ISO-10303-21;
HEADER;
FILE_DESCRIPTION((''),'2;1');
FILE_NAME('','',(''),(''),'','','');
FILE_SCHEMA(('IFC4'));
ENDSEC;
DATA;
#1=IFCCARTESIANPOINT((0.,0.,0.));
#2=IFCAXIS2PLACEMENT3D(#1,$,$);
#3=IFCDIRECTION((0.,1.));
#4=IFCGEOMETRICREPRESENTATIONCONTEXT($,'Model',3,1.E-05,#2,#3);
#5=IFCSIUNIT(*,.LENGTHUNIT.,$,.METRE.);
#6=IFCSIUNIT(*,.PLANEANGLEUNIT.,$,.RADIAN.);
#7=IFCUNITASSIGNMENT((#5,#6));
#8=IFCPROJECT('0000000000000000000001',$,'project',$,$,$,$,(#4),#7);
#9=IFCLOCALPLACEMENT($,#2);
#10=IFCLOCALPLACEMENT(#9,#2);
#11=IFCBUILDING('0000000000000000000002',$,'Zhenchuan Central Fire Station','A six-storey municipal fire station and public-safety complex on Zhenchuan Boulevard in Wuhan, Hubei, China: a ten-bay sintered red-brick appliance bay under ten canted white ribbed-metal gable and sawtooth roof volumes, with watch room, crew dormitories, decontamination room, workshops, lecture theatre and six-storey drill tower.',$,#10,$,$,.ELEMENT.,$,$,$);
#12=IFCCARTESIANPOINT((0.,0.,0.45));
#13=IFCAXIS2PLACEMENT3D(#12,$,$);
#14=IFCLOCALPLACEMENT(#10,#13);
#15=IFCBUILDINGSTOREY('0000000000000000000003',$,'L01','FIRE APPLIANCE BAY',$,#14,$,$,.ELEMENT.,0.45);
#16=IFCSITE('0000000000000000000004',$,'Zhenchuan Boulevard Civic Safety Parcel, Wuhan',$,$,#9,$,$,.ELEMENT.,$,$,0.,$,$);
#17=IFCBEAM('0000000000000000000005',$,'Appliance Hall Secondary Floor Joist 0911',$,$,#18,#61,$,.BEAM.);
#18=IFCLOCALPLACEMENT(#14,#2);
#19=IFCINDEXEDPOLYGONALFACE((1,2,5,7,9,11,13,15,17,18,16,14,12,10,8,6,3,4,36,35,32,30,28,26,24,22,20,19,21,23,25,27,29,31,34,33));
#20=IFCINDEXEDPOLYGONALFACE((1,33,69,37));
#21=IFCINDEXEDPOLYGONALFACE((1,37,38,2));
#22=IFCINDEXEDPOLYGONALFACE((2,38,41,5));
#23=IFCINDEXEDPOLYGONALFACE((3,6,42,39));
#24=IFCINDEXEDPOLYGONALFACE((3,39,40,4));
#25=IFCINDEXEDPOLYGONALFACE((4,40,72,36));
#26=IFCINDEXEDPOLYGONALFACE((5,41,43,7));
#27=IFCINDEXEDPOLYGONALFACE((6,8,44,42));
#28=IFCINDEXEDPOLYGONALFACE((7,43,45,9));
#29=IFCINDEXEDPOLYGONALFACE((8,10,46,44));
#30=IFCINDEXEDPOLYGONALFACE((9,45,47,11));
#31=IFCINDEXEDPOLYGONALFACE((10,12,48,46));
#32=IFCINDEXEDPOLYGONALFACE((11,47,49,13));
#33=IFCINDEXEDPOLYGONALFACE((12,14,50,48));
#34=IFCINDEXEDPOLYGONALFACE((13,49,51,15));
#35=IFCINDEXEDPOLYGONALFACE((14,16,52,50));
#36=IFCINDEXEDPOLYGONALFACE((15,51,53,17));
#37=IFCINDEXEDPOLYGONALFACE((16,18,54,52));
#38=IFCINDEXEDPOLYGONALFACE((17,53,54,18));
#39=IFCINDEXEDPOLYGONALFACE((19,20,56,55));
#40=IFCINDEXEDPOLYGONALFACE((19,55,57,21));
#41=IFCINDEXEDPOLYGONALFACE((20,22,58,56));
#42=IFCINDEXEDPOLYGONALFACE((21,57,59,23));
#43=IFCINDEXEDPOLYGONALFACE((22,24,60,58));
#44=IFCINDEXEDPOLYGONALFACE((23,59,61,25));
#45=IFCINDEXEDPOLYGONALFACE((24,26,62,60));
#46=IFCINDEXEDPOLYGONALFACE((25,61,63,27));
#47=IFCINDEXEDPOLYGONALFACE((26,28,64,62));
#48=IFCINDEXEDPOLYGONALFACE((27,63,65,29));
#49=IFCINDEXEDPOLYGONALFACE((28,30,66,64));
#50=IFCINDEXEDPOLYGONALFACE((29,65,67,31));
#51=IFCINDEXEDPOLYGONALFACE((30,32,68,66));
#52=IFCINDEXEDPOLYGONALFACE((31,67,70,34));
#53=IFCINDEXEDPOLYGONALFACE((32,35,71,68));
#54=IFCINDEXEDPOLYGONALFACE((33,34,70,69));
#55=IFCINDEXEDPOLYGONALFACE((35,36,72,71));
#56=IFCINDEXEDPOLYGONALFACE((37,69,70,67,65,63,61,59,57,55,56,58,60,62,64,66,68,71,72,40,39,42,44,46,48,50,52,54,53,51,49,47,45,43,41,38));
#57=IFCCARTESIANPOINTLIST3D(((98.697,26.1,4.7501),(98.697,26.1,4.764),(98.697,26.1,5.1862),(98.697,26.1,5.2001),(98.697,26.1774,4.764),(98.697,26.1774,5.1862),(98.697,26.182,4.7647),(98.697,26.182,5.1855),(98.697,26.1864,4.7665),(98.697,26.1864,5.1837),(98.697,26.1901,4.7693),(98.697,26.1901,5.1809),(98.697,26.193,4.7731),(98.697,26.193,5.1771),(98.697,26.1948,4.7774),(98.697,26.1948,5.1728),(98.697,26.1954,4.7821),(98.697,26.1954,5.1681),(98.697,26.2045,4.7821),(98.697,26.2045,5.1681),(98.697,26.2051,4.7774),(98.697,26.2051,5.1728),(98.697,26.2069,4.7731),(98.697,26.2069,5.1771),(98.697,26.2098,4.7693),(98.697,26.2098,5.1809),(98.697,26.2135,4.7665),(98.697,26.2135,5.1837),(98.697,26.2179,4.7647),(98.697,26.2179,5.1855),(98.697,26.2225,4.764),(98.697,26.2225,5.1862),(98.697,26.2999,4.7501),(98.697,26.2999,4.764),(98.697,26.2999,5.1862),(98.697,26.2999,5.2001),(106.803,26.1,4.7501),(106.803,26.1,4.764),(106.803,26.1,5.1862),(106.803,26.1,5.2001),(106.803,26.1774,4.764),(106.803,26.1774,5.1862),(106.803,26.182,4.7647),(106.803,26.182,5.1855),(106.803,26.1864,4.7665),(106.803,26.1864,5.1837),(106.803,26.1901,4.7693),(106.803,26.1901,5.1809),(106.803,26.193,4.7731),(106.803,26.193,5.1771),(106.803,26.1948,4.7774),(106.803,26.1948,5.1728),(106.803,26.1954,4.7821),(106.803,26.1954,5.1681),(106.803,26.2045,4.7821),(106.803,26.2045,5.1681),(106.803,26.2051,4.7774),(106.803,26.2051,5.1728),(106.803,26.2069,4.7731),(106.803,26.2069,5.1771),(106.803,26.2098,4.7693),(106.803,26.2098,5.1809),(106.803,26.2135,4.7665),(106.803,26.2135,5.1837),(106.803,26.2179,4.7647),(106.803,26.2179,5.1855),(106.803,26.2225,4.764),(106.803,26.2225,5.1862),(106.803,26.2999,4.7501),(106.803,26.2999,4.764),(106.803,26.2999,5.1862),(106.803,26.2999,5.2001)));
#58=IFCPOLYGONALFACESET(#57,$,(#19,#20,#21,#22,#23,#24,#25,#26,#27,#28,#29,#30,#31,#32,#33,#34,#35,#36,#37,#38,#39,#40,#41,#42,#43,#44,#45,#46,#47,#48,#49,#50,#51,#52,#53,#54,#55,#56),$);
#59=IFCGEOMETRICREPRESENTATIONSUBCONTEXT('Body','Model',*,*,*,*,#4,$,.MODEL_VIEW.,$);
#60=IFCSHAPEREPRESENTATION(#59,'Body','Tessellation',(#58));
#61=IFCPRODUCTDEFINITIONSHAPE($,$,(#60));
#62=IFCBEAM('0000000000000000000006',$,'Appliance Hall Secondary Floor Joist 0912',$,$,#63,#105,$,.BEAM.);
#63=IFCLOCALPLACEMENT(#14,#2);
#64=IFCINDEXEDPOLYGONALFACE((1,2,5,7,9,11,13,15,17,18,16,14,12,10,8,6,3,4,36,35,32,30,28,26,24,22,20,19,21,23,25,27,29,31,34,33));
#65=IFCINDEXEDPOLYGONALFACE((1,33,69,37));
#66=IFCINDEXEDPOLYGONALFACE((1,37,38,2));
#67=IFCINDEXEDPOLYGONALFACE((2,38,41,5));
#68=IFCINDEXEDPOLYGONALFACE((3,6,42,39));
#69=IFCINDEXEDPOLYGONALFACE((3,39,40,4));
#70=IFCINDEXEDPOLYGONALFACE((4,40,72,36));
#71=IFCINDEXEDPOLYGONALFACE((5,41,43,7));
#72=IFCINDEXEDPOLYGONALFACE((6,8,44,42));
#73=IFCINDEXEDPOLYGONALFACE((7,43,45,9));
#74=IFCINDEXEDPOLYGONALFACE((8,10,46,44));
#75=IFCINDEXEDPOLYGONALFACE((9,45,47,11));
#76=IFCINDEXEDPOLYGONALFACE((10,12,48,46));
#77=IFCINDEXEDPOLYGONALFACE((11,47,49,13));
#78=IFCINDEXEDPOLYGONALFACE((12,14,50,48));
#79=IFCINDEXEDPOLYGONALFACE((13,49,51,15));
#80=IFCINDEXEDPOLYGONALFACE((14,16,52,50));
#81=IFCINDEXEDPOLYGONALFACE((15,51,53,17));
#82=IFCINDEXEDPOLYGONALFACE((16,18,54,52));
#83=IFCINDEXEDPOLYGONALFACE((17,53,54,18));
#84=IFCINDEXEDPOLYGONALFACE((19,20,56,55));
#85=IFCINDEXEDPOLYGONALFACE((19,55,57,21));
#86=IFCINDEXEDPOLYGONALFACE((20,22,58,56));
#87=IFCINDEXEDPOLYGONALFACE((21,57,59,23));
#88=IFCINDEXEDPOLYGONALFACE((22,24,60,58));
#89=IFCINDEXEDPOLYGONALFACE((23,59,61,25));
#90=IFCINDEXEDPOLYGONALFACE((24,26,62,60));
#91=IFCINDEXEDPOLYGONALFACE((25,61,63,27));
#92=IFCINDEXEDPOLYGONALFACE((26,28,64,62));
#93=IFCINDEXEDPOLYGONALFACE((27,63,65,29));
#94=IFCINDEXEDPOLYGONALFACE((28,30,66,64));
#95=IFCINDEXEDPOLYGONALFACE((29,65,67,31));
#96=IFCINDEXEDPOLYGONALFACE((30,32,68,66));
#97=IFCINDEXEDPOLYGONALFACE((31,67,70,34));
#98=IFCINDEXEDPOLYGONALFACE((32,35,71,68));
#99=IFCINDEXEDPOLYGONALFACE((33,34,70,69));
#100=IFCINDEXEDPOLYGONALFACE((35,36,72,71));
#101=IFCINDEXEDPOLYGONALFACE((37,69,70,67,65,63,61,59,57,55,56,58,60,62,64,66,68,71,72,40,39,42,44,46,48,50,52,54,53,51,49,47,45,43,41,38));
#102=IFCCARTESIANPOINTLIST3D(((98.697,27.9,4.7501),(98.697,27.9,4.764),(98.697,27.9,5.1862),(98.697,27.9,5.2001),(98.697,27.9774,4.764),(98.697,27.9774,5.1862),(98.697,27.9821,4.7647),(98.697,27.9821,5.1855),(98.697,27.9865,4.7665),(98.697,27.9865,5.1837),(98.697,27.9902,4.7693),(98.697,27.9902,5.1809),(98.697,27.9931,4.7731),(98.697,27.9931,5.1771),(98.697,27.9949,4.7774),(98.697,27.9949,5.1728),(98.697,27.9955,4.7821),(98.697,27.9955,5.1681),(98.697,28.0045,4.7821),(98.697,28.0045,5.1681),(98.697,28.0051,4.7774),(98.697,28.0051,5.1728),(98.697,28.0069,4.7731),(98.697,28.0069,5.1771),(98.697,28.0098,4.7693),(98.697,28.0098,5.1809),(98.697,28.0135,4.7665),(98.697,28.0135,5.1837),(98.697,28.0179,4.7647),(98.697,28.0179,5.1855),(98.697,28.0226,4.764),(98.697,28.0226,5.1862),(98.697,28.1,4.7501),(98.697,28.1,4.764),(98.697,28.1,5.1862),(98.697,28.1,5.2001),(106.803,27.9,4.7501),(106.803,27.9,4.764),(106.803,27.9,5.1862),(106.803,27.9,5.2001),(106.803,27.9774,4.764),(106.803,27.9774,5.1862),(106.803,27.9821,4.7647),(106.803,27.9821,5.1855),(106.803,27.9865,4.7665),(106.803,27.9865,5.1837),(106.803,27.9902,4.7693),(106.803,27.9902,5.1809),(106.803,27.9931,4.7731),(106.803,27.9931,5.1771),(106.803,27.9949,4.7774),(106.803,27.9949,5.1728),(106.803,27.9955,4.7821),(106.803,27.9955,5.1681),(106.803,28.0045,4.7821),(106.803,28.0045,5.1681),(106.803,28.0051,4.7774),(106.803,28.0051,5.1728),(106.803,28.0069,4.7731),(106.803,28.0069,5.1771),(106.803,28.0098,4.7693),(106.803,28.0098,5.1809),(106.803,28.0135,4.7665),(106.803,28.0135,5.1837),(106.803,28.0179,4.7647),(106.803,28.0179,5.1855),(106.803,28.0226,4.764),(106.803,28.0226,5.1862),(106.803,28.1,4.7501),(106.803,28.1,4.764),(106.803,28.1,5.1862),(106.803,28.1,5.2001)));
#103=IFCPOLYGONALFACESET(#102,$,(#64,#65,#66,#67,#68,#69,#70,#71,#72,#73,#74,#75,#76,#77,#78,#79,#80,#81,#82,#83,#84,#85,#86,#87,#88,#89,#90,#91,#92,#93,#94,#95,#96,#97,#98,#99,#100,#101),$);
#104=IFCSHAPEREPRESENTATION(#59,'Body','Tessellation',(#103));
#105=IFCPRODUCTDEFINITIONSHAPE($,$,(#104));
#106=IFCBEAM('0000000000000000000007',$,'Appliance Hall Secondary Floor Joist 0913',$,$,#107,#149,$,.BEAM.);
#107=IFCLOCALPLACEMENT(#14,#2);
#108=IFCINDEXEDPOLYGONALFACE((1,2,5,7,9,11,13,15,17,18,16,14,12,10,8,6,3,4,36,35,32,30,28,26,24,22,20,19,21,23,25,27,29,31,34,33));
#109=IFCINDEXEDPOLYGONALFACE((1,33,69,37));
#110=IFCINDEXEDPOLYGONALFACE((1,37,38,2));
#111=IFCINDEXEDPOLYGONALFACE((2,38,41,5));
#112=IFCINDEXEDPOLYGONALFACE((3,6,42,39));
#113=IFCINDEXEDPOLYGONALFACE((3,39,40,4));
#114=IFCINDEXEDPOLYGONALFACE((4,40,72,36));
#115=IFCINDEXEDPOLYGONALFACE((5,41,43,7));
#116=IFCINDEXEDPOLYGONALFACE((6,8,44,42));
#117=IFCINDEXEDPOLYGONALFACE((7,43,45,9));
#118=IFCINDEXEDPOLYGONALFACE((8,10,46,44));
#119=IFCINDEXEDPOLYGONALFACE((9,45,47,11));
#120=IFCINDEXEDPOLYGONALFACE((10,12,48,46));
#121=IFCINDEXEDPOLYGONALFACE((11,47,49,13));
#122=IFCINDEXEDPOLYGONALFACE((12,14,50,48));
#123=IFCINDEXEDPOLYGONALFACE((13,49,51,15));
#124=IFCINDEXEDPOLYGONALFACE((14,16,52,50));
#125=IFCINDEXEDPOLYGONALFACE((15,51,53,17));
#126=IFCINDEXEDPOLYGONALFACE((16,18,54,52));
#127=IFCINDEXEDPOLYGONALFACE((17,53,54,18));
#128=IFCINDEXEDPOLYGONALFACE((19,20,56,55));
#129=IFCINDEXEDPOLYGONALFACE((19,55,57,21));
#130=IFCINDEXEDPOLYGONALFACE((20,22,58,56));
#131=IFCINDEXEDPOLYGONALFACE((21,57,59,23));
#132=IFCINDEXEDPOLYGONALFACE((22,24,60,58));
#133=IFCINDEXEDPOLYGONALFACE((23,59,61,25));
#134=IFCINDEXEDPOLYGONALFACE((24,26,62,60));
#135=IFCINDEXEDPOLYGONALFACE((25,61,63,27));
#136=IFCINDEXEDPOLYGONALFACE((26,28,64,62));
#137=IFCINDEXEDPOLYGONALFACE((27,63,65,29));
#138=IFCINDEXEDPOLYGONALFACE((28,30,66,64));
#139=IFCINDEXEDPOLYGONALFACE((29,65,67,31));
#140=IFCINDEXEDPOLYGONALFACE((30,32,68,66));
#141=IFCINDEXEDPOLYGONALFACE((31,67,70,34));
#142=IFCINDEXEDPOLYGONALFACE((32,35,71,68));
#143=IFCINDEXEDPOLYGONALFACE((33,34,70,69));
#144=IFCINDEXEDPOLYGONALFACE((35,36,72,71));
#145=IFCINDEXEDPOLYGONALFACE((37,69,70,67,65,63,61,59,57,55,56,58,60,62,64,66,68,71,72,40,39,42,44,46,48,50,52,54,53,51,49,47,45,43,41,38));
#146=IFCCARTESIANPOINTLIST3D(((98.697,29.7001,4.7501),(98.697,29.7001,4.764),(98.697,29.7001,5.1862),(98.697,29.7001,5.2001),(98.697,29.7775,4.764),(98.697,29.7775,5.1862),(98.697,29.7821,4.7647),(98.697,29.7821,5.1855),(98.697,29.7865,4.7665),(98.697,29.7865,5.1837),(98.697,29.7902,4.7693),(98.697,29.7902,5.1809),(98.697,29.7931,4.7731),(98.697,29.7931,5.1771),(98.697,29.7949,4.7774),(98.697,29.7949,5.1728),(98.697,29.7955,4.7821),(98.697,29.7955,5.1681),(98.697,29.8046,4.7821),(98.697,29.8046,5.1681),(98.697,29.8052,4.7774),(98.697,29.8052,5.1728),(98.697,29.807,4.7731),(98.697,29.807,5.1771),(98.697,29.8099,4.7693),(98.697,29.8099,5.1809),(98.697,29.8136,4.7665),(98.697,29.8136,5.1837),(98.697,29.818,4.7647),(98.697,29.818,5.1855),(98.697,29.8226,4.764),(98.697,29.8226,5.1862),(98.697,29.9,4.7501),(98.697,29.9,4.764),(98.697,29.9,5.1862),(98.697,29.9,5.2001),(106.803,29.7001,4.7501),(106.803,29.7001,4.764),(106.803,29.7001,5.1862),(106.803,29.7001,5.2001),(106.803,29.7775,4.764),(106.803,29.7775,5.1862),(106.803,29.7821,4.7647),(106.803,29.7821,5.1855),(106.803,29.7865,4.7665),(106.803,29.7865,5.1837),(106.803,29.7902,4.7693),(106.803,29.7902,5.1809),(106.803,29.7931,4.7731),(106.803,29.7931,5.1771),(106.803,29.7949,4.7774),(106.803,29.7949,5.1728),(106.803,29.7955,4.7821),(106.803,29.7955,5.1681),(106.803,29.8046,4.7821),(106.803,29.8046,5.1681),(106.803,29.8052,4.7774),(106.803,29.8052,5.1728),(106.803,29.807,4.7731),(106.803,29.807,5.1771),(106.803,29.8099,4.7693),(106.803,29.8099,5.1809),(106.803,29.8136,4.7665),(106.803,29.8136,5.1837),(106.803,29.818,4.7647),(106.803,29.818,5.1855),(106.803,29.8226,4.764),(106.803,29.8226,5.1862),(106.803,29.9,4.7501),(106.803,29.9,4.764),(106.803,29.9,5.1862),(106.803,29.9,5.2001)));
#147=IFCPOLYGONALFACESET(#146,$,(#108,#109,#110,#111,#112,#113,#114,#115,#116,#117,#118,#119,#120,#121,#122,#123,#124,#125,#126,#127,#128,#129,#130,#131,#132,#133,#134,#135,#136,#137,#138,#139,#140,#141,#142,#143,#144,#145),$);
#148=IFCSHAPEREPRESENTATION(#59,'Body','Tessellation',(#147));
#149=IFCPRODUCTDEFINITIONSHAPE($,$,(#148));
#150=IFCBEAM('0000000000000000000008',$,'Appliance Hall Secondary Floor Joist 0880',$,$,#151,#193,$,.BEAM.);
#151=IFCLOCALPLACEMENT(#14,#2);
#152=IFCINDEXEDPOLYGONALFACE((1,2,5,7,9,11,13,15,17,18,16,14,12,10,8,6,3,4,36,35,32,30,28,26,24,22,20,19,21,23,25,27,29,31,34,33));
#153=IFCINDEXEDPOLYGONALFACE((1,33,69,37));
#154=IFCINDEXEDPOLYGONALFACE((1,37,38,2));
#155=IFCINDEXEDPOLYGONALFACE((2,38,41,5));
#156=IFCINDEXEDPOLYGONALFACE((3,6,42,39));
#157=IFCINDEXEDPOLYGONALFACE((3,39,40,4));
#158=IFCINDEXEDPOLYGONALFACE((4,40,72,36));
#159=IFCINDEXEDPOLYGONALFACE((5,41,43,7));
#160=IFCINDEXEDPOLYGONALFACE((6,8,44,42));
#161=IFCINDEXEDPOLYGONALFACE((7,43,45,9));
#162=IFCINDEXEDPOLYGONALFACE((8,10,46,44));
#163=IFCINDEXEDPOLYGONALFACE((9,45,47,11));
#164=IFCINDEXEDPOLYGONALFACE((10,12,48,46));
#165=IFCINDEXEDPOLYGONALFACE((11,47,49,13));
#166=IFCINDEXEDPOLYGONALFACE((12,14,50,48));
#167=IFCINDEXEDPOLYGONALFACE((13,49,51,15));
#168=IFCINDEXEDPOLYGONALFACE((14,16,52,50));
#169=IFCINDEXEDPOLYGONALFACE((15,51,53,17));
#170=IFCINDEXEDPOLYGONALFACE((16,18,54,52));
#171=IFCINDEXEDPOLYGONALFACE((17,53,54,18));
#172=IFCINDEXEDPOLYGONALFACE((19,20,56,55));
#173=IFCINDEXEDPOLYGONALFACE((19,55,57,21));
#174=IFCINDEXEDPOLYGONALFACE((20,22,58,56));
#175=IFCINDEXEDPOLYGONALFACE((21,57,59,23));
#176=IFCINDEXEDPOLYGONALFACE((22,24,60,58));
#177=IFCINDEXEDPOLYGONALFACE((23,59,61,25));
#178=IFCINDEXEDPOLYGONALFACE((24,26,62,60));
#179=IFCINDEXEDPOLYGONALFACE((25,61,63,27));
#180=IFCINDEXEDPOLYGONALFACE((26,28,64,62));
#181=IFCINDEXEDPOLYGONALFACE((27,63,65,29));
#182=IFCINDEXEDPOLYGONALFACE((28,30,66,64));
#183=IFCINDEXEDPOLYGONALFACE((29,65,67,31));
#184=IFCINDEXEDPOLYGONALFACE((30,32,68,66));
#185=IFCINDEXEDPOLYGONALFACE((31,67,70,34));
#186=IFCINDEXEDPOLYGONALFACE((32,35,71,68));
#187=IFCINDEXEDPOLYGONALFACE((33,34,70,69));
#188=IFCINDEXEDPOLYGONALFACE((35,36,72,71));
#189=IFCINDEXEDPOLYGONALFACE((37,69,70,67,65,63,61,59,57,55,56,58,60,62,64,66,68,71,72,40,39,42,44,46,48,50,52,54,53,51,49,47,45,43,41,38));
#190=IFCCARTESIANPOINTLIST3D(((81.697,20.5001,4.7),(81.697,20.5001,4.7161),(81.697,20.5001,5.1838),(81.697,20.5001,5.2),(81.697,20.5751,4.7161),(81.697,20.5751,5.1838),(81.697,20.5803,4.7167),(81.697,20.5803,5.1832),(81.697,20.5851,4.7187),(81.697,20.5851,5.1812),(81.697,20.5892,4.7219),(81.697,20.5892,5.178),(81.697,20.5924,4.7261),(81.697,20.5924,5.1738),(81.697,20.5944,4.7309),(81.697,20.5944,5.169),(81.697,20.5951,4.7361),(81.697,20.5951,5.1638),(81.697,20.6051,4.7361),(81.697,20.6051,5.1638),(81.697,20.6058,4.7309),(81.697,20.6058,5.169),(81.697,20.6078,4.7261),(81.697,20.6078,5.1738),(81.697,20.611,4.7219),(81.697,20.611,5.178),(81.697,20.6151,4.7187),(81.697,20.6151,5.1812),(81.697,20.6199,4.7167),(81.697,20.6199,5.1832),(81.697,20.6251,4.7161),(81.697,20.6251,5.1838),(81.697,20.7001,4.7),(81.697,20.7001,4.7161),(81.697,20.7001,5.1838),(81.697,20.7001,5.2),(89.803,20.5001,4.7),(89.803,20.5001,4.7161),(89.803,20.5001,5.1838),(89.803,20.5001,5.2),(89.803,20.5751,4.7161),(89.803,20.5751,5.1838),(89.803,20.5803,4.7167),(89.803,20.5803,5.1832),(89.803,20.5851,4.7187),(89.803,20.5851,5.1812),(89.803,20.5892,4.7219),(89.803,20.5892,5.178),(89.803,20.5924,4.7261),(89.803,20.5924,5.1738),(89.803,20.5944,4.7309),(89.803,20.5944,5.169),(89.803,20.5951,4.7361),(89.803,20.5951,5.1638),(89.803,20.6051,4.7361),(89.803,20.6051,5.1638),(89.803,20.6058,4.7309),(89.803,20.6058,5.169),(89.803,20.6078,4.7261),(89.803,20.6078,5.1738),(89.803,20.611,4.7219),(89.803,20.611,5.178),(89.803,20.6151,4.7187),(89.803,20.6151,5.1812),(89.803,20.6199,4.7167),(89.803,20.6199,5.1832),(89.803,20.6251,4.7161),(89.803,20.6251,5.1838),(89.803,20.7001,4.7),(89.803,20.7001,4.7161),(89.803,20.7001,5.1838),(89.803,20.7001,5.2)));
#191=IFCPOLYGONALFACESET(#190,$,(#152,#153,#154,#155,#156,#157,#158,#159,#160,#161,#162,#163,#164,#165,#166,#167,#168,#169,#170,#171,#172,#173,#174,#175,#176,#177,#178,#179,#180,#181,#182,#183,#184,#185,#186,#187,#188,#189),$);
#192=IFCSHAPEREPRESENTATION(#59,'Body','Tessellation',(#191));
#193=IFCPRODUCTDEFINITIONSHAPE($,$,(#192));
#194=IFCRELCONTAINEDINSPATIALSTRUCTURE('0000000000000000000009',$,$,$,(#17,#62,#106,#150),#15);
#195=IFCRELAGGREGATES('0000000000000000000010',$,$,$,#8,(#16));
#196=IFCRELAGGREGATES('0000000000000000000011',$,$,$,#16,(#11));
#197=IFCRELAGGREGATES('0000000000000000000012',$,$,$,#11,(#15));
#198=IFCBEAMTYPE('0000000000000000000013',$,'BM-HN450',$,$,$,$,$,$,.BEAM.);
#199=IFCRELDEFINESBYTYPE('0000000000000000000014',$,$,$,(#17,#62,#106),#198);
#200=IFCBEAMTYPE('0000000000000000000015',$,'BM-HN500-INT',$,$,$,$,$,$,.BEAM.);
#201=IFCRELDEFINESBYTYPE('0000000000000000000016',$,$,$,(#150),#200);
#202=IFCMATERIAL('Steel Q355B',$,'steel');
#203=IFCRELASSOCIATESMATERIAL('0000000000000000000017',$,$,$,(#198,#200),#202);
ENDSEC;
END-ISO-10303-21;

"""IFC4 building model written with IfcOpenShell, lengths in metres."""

from ifc_helpers import new_model, si_unit, direction, frame, origin, origin_2d, place, context, subcontext, project, spatial, i_section, extrude, material, material_profile, profile_set, type_object, element, save


model = new_model("IFC4")

# Units and contexts
model_context = context("Model", 3, precision=1e-05, world=origin(), true_north=direction((0.0, 1.0)))
body_context = subcontext(model_context, "Body", "Model", "MODEL_VIEW")
ifc_project = project(units=[si_unit("LENGTHUNIT", "METRE"), si_unit("PLANEANGLEUNIT", "RADIAN")], contexts=[model_context])

# Site, building, storey
site_placement = place(None, origin())
site = spatial("IfcSite", under=ifc_project, at=site_placement, Name="Zhenchuan Boulevard Civic Safety Parcel, Wuhan", CompositionType="ELEMENT", RefElevation=0.0)
building_placement = place(site_placement, origin())
building = spatial("IfcBuilding", under=site, at=building_placement, Name="Zhenchuan Central Fire Station", Description="A six-storey municipal fire station and public-safety complex on Zhenchuan Boulevard in Wuhan, Hubei, China: a ten-bay sintered red-brick appliance bay under ten canted white ribbed-metal gable and sawtooth roof volumes, with watch room, crew dormitories, decontamination room, workshops, lecture theatre and six-storey drill tower.", CompositionType="ELEMENT")
storey_placement = place(building_placement, frame((0.0, 0.0, 0.45)))
storey = spatial("IfcBuildingStorey", under=building, at=storey_placement, Name="L01", Description="FIRE APPLIANCE BAY", CompositionType="ELEMENT", Elevation=0.45)

# Beams
ifc_material = material(Name="Steel Q355B", Category="steel")
ifc_material_profile_1 = material_profile(ifc_material, i_section(OverallWidth=0.2, OverallDepth=0.45, WebThickness=0.009, FlangeThickness=0.0139, FilletRadius=0.0181, at=origin_2d()), Name="HN 450x200")
ifc_profile_set_1 = profile_set([ifc_material_profile_1], Name="Steel Q355B")
beam_type_1 = type_object("IfcBeamType", Name="BM-HN450", PredefinedType="BEAM", material=ifc_profile_set_1)
for number, where, z_axis, x_axis, name in (
    (1, (98.697, 26.2, 4.9751), (1.0, 0.0, 0.0), (0.0, 1.0, 0.0), "Appliance Hall Secondary Floor Joist 0911"),
    (2, (98.697, 28.0, 4.9751), (1.0, 0.0, 0.0), (0.0, 1.0, 0.0), "Appliance Hall Secondary Floor Joist 0912"),
    (3, (98.697, 29.8, 4.9751), (1.0, 0.0, 0.0), (0.0, 1.0, 0.0), "Appliance Hall Secondary Floor Joist 0913"),
):
    element("IfcBeam", number, at=place(storey_placement, frame(where, z_axis=z_axis, x_axis=x_axis)), inside=storey, type_object=beam_type_1, Name=name, PredefinedType="BEAM", context=body_context, shape_type="SweptSolid", body=[
        extrude(i_section(OverallWidth=0.2, OverallDepth=0.45, WebThickness=0.009, FlangeThickness=0.0139, FilletRadius=0.0181, at=origin_2d()), origin(), (0.0, 0.0, 1.0), 8.106),
    ])
ifc_material_profile_2 = material_profile(ifc_material, i_section(OverallWidth=0.2, OverallDepth=0.5, WebThickness=0.01, FlangeThickness=0.0161, FilletRadius=0.02, at=origin_2d()), Name="HN 500x200")
ifc_profile_set_2 = profile_set([ifc_material_profile_2], Name="Steel Q355B")
beam_type_2 = type_object("IfcBeamType", Name="BM-HN500-INT", PredefinedType="BEAM", material=ifc_profile_set_2)
for number, where, z_axis, x_axis, name in (
    (4, (81.697, 20.6001, 4.95), (1.0, 0.0, 0.0), (0.0, 1.0, 0.0), "Appliance Hall Secondary Floor Joist 0880"),
):
    element("IfcBeam", number, at=place(storey_placement, frame(where, z_axis=z_axis, x_axis=x_axis)), inside=storey, type_object=beam_type_2, Name=name, PredefinedType="BEAM", context=body_context, shape_type="SweptSolid", body=[
        extrude(i_section(OverallWidth=0.2, OverallDepth=0.5, WebThickness=0.01, FlangeThickness=0.0161, FilletRadius=0.02, at=origin_2d()), origin(), (0.0, 0.0, 1.0), 8.106),
    ])

save(model, "model.ifc")
